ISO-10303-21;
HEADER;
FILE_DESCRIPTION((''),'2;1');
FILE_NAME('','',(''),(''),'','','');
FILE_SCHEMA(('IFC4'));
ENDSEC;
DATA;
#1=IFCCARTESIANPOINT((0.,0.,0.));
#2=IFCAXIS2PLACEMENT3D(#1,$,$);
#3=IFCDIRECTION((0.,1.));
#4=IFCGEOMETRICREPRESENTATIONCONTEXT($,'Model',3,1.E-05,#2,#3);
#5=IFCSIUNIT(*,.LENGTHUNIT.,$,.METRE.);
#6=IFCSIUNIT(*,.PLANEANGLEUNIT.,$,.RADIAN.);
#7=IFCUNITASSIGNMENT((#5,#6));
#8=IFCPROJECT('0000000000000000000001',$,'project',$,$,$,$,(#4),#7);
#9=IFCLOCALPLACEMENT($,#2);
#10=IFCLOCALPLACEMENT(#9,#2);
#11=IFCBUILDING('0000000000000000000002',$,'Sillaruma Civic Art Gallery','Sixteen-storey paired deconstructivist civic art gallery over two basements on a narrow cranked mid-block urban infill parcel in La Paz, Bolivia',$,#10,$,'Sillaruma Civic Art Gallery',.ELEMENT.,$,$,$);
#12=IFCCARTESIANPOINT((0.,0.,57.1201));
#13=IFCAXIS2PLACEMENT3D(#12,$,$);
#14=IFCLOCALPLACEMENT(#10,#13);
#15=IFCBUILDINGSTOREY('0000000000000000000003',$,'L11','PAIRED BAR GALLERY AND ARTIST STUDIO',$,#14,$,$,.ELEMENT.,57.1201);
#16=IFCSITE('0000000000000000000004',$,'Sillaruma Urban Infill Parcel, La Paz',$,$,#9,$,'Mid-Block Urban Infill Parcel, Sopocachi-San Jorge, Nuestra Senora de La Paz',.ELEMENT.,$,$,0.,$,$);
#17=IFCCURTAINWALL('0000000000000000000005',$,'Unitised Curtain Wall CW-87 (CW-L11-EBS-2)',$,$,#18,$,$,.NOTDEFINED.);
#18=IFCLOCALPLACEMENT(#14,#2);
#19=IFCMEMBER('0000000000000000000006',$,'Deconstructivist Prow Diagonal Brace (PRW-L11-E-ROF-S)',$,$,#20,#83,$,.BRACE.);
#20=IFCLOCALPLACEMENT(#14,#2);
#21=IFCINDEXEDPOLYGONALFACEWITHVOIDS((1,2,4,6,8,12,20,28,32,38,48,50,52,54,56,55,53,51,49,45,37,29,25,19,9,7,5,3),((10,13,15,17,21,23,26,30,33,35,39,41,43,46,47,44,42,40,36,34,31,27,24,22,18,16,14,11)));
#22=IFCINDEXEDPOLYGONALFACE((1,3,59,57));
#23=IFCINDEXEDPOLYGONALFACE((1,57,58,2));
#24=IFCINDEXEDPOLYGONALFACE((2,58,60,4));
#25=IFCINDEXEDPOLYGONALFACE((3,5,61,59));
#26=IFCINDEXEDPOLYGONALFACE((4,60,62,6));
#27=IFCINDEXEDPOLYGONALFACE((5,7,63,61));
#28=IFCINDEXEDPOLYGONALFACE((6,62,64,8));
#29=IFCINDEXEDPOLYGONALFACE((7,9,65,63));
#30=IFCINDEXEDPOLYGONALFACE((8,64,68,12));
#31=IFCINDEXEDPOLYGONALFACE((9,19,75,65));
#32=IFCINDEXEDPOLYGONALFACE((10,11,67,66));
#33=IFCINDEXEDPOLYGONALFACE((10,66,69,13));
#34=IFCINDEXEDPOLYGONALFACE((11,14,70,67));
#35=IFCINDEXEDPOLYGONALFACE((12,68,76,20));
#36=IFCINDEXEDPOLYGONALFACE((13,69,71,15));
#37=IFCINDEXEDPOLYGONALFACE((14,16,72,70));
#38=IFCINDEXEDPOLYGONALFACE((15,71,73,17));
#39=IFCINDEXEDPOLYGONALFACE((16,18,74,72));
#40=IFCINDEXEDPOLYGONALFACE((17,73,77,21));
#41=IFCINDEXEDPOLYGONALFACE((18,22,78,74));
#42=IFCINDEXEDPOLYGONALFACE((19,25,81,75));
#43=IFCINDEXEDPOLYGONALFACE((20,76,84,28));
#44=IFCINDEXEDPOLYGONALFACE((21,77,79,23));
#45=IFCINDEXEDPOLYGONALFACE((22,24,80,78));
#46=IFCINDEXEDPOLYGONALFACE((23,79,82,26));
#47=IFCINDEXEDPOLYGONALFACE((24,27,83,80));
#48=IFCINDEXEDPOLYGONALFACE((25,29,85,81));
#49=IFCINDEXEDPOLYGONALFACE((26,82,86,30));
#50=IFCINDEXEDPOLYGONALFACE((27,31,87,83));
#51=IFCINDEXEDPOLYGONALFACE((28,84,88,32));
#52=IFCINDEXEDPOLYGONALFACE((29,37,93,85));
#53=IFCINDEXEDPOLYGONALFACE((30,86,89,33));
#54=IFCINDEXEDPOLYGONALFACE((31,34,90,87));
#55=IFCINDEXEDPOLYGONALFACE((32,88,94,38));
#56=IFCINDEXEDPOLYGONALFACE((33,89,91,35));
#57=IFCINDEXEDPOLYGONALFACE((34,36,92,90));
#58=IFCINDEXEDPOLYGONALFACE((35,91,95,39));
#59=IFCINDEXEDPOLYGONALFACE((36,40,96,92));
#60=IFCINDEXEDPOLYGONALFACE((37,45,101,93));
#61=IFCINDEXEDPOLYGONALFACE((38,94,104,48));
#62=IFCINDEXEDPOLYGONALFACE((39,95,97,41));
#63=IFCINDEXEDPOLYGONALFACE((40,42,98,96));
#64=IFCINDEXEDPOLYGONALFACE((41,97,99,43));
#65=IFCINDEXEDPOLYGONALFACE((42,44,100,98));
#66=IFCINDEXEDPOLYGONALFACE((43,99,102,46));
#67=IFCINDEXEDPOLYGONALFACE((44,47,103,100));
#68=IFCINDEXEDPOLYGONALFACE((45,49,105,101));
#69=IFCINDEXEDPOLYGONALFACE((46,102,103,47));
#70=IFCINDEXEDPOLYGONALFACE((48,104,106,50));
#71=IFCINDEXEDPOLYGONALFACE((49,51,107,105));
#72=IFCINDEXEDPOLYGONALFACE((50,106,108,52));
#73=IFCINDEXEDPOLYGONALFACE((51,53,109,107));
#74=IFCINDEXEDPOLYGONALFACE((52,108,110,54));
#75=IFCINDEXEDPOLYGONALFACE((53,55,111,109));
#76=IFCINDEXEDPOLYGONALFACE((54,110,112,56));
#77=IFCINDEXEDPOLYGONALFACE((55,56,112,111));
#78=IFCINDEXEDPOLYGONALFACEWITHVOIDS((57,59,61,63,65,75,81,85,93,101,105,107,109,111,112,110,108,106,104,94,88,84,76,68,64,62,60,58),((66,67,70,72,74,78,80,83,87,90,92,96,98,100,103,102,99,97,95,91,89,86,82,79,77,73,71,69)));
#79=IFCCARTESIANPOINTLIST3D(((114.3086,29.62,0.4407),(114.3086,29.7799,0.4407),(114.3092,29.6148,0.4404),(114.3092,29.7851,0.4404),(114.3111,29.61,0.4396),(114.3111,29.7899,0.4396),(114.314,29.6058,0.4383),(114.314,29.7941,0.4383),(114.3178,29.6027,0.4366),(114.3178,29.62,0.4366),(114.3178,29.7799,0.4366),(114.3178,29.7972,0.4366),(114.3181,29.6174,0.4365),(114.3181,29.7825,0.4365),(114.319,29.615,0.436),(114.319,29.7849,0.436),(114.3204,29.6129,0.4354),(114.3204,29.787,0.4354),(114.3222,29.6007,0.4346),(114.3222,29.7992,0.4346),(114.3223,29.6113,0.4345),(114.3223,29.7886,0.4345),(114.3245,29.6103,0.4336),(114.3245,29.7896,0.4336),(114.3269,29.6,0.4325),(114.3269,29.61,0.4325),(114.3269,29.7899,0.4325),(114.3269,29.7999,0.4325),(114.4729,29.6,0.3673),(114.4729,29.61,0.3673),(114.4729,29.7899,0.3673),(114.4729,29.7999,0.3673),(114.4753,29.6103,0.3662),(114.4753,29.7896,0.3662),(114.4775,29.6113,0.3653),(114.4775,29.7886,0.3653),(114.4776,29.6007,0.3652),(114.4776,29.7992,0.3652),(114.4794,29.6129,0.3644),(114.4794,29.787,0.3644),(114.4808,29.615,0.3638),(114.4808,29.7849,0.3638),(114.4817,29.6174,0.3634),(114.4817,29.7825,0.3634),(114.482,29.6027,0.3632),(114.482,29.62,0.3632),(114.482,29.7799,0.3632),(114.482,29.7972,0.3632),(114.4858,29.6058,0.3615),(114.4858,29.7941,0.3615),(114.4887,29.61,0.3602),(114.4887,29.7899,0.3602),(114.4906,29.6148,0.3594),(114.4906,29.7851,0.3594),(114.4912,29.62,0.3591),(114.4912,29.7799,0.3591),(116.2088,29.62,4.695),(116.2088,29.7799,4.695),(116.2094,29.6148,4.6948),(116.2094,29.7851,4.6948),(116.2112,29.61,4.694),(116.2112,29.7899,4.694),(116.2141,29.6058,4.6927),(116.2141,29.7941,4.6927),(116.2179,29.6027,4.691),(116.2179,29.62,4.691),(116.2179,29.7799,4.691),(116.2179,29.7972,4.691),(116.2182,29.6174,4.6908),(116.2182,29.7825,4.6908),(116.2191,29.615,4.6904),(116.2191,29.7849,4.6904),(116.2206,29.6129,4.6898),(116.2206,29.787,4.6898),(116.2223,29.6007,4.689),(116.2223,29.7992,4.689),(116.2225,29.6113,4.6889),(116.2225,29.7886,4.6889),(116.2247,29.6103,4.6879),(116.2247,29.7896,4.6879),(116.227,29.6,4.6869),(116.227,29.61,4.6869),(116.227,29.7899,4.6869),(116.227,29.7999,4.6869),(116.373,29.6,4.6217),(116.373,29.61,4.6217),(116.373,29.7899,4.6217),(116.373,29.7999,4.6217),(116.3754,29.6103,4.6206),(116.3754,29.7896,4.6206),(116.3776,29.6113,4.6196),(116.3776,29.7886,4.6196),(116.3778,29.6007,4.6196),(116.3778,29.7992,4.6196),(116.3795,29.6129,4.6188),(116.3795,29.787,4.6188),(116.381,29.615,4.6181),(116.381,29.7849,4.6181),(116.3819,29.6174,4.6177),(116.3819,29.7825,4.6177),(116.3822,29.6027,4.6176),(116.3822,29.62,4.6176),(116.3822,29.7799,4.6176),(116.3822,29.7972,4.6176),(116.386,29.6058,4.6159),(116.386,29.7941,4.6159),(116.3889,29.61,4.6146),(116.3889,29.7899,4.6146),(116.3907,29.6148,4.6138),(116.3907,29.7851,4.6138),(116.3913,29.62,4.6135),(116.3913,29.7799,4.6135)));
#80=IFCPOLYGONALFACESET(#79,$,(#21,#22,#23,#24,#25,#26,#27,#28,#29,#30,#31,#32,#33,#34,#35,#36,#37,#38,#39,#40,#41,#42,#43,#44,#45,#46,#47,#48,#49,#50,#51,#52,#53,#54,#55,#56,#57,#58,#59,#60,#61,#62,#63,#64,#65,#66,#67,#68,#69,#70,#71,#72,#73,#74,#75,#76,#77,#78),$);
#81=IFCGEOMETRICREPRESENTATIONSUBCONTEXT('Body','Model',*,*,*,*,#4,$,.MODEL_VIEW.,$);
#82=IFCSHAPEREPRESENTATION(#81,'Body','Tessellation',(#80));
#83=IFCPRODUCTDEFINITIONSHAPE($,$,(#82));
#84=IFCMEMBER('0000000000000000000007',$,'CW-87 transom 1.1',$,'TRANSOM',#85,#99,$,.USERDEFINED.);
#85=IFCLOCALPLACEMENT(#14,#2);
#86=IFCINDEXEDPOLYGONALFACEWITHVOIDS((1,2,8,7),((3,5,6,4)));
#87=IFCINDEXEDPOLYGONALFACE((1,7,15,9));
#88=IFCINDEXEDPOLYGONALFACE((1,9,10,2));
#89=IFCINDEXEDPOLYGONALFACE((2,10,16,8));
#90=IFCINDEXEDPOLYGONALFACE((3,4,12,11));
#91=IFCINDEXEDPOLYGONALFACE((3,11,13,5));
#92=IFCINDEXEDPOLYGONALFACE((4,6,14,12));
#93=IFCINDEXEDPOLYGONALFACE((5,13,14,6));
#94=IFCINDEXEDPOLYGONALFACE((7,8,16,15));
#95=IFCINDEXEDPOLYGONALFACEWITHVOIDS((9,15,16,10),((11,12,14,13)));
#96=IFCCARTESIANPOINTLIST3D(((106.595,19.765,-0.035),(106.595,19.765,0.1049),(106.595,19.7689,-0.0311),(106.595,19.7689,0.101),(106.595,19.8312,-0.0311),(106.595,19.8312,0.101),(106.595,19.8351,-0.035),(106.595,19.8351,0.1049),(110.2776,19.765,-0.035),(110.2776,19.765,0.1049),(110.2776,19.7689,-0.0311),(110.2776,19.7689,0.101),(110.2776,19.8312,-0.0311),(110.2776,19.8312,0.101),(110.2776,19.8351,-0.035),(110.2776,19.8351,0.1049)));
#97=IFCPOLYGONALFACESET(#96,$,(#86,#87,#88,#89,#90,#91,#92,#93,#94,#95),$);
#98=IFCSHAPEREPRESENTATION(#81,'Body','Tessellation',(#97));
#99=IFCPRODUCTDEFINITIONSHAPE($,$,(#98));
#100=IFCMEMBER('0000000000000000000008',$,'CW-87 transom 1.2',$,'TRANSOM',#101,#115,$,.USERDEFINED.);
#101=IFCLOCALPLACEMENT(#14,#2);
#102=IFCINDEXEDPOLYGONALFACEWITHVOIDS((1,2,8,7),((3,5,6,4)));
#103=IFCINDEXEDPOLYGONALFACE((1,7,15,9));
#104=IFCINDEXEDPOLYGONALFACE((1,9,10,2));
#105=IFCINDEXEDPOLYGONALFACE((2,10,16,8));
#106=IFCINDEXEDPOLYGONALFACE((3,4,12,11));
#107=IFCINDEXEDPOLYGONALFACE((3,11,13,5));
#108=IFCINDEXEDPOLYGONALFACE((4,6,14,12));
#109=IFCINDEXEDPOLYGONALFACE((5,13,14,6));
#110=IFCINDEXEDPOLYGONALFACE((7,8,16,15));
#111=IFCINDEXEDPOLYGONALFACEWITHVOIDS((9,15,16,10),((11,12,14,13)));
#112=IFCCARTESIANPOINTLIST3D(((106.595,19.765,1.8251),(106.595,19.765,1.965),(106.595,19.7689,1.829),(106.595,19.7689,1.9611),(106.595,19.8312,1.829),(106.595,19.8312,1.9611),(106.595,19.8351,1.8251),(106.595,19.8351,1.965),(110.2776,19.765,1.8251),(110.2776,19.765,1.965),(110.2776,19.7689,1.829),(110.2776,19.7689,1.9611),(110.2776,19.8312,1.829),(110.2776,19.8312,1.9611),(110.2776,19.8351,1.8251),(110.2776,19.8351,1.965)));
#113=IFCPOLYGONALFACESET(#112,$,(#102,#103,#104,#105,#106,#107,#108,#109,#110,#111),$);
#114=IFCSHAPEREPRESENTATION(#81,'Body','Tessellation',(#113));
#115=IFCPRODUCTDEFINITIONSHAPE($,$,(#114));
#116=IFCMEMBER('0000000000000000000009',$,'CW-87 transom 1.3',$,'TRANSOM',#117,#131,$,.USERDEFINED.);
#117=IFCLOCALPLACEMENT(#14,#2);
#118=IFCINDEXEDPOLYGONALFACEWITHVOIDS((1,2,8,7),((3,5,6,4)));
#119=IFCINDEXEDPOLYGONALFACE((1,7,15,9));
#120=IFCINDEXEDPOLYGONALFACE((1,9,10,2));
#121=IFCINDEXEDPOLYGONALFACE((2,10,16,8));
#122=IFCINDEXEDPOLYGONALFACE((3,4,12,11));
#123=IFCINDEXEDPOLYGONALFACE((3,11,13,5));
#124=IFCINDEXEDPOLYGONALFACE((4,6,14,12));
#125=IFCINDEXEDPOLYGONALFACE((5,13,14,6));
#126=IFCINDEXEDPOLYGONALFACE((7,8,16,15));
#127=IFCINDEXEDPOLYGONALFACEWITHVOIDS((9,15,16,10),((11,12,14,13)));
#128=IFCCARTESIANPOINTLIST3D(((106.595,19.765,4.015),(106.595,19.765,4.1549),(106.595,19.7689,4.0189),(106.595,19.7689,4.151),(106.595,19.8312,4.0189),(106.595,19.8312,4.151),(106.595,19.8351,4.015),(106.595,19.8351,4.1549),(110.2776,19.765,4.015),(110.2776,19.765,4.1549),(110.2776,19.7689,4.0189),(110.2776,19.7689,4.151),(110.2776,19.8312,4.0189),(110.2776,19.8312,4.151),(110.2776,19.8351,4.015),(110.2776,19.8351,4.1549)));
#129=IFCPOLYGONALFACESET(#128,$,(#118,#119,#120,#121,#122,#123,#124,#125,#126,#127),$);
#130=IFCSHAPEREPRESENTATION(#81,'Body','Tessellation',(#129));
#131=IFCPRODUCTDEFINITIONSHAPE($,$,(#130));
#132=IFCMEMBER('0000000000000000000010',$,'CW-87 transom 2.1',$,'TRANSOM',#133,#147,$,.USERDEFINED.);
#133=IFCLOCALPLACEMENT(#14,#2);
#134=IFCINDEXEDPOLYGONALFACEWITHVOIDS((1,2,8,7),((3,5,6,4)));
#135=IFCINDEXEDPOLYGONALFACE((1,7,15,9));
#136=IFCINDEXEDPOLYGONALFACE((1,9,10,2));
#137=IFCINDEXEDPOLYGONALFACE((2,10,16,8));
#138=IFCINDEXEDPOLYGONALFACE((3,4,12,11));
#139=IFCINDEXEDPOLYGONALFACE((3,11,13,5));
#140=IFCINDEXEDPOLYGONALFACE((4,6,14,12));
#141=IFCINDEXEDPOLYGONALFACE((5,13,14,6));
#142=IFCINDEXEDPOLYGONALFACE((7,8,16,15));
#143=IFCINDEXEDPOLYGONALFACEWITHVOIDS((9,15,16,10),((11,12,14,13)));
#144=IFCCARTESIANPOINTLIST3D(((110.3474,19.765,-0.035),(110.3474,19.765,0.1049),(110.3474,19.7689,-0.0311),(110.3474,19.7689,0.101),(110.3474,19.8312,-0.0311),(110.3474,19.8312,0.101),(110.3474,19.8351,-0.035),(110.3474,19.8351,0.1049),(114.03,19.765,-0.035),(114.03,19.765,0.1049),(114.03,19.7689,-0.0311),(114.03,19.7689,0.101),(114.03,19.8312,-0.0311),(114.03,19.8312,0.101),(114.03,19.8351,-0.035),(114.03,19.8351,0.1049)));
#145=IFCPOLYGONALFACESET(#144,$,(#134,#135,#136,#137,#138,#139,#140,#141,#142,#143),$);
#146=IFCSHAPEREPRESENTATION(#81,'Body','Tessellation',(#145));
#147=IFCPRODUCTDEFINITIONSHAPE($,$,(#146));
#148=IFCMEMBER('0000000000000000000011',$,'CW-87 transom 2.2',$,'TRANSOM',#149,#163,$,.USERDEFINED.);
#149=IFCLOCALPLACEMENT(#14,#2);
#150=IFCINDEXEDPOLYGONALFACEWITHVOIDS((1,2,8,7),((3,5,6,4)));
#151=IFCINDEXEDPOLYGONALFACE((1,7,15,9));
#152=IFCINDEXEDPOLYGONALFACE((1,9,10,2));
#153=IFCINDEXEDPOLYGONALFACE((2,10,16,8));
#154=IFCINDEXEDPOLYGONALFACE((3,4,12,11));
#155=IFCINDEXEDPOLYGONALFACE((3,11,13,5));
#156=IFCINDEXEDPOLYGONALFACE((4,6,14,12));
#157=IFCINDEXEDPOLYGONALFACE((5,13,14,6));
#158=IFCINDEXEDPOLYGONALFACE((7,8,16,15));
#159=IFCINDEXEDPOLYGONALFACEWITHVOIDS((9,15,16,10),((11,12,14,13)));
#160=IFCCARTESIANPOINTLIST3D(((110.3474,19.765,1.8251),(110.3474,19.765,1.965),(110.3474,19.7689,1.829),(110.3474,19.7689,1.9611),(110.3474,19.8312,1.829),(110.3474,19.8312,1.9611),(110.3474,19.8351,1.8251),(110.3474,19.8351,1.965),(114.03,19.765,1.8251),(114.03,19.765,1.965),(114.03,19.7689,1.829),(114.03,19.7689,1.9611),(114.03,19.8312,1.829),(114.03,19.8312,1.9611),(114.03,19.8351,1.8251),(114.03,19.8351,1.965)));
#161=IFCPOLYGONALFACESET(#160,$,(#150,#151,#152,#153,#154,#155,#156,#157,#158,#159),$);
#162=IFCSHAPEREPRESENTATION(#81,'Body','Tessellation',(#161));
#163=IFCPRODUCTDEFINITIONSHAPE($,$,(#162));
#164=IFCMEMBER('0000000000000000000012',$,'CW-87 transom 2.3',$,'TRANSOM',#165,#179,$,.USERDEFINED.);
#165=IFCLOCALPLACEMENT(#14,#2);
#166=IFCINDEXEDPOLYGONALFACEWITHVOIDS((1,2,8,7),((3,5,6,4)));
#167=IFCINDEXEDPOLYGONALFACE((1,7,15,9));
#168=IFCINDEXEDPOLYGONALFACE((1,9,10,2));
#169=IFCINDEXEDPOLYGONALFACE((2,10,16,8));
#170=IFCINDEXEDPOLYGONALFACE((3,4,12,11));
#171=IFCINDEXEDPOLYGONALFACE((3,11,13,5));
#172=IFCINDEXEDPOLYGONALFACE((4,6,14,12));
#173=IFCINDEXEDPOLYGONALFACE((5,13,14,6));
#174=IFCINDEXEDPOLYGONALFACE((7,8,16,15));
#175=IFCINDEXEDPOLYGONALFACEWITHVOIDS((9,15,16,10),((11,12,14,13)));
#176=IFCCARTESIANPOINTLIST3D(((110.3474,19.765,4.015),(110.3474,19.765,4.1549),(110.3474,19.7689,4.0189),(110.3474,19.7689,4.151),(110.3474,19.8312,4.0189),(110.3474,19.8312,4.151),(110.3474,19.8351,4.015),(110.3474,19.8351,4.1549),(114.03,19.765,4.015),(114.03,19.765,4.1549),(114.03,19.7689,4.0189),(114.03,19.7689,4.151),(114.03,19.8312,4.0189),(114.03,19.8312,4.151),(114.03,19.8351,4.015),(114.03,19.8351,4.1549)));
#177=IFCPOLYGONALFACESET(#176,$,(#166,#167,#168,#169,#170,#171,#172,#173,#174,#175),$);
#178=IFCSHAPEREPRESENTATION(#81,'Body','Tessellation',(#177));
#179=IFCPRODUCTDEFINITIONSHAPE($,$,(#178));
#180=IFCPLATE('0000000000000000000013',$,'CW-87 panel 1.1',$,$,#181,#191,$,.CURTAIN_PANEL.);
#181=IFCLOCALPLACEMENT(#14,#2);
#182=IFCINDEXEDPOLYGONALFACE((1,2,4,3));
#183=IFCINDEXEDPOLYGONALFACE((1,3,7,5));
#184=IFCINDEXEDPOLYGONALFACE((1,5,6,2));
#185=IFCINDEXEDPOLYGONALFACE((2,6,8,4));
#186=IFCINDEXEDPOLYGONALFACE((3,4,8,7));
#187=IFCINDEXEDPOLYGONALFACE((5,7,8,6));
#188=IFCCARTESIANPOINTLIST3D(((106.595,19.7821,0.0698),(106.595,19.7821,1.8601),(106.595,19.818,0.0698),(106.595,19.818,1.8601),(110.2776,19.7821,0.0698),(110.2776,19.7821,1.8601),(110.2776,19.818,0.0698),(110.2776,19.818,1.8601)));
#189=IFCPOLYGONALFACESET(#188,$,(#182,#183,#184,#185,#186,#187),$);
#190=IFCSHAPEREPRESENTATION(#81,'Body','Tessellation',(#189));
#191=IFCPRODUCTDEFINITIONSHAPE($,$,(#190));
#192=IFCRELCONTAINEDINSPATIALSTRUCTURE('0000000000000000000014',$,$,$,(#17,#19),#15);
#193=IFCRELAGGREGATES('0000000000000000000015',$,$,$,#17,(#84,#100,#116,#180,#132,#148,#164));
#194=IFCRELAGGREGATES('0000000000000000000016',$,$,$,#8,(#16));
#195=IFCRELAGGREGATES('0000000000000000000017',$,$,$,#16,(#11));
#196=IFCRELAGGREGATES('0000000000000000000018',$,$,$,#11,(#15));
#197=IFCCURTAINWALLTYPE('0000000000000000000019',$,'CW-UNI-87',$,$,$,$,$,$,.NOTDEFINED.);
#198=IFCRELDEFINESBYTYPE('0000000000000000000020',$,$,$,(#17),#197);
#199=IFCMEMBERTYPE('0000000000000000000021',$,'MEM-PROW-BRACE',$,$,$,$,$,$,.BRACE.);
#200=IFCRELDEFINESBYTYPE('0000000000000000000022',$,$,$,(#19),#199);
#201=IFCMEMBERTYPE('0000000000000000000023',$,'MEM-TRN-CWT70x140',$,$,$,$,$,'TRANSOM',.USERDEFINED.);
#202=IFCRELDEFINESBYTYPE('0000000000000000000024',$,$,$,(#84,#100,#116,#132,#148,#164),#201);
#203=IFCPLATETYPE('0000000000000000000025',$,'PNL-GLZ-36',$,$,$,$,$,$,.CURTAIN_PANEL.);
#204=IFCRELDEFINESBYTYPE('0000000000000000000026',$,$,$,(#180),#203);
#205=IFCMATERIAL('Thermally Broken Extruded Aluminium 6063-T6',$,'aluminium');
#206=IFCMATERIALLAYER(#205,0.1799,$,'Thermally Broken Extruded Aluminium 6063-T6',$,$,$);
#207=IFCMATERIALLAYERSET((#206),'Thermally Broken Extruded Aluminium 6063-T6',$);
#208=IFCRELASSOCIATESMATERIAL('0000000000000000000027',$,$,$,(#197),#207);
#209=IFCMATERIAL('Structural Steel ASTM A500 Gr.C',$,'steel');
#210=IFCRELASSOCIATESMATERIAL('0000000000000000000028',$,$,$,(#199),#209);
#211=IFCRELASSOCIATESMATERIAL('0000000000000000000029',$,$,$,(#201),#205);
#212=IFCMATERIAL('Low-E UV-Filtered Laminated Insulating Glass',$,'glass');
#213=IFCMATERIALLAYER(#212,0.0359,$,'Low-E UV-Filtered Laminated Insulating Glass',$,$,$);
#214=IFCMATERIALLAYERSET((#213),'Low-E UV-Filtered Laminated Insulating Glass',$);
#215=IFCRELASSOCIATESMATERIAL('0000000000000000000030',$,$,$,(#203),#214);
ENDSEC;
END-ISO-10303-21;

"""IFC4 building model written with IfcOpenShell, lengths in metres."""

from ifc_helpers import new_model, si_unit, direction, frame, origin, origin_2d, place, context, subcontext, project, spatial, rectangle, hollow_rectangle, extrude, material, layer, layer_set, material_profile, profile_set, type_object, element, aggregate, save


model = new_model("IFC4")

# Units and contexts
model_context = context("Model", 3, precision=1e-05, world=origin(), true_north=direction((0.0, 1.0)))
body_context = subcontext(model_context, "Body", "Model", "MODEL_VIEW")
ifc_project = project(units=[si_unit("LENGTHUNIT", "METRE"), si_unit("PLANEANGLEUNIT", "RADIAN")], contexts=[model_context])

# Site, building, storey
site_placement = place(None, origin())
site = spatial("IfcSite", under=ifc_project, at=site_placement, Name="Sillaruma Urban Infill Parcel, La Paz", LongName="Mid-Block Urban Infill Parcel, Sopocachi-San Jorge, Nuestra Senora de La Paz", CompositionType="ELEMENT", RefElevation=0.0)
building_placement = place(site_placement, origin())
building = spatial("IfcBuilding", under=site, at=building_placement, Name="Sillaruma Civic Art Gallery", Description="Sixteen-storey paired deconstructivist civic art gallery over two basements on a narrow cranked mid-block urban infill parcel in La Paz, Bolivia", LongName="Sillaruma Civic Art Gallery", CompositionType="ELEMENT")
storey_placement = place(building_placement, frame((0.0, 0.0, 57.1201)))
storey = spatial("IfcBuildingStorey", under=building, at=storey_placement, Name="L11", Description="PAIRED BAR GALLERY AND ARTIST STUDIO", CompositionType="ELEMENT", Elevation=57.1201)

# Shared definitions
ifc_material_1 = material(Name="Structural Steel ASTM A500 Gr.C", Category="steel")

# Curtain wall
ifc_material_2 = material(Name="Thermally Broken Extruded Aluminium 6063-T6", Category="aluminium")
ifc_layer_1 = layer(ifc_material_2, 0.1799, Name="Thermally Broken Extruded Aluminium 6063-T6")
ifc_layer_set_1 = layer_set([ifc_layer_1], Name="Thermally Broken Extruded Aluminium 6063-T6")
curtain_wall_type = type_object("IfcCurtainWallType", Name="CW-UNI-87", PredefinedType="NOTDEFINED", material=ifc_layer_set_1)
curtain_wall_placement = place(storey_placement, origin())
curtain_wall = element("IfcCurtainWall", 1, at=curtain_wall_placement, inside=storey, type_object=curtain_wall_type, Name="Unitised Curtain Wall CW-87 (CW-L11-EBS-2)", PredefinedType="NOTDEFINED")

# Members
ifc_material_profile_1 = material_profile(ifc_material_1, hollow_rectangle(XDim=0.2, YDim=0.2, WallThickness=0.01, InnerFilletRadius=0.01, OuterFilletRadius=0.02, at=origin_2d()), Name="HSS200x200x10")
ifc_profile_set_1 = profile_set([ifc_material_profile_1], Name="Structural Steel ASTM A500 Gr.C")
member_type_1 = type_object("IfcMemberType", Name="MEM-PROW-BRACE", PredefinedType="BRACE", material=ifc_profile_set_1)
member_1_placement = place(storey_placement, frame((114.3999, 29.7, 0.3999), z_axis=(0.407805, 0.0, 0.913069), x_axis=(0.0, 1.0, 0.0)))
element("IfcMember", 2, at=member_1_placement, inside=storey, type_object=member_type_1, Name="Deconstructivist Prow Diagonal Brace (PRW-L11-E-ROF-S)", PredefinedType="BRACE", context=body_context, shape_type="SweptSolid", body=[
    extrude(hollow_rectangle(XDim=0.2, YDim=0.2, WallThickness=0.01, InnerFilletRadius=0.01, OuterFilletRadius=0.02, at=origin_2d()), origin(), (0.0, 0.0, 1.0), 4.6594),
])
ifc_material_profile_2 = material_profile(ifc_material_2, hollow_rectangle(XDim=0.0701, YDim=0.1399, WallThickness=0.0039, at=origin_2d()), Name="CWT70x140")
ifc_profile_set_2 = profile_set([ifc_material_profile_2], Name="Thermally Broken Extruded Aluminium 6063-T6")
member_type_2 = type_object("IfcMemberType", Name="MEM-TRN-CWT70x140", ElementType="TRANSOM", PredefinedType="USERDEFINED", material=ifc_profile_set_2)
member_2_placement = place(storey_placement, frame((106.595, 19.8, 0.0349), z_axis=(1.0, 0.0, 0.0), x_axis=(0.0, 1.0, 0.0)))
member_2 = element("IfcMember", 3, at=member_2_placement, type_object=member_type_2, Name="CW-87 transom 1.1", ObjectType="TRANSOM", PredefinedType="USERDEFINED", context=body_context, shape_type="SweptSolid", body=[
    extrude(hollow_rectangle(XDim=0.0701, YDim=0.1399, WallThickness=0.0039, at=origin_2d()), origin(), (0.0, 0.0, 1.0), 3.6826),
])
member_3_placement = place(storey_placement, frame((106.595, 19.8, 1.895), z_axis=(1.0, 0.0, 0.0), x_axis=(0.0, 1.0, 0.0)))
member_3 = element("IfcMember", 4, at=member_3_placement, type_object=member_type_2, Name="CW-87 transom 1.2", ObjectType="TRANSOM", PredefinedType="USERDEFINED", context=body_context, shape_type="SweptSolid", body=[
    extrude(hollow_rectangle(XDim=0.0701, YDim=0.1399, WallThickness=0.0039, at=origin_2d()), origin(), (0.0, 0.0, 1.0), 3.6826),
])
member_4_placement = place(storey_placement, frame((106.595, 19.8, 4.085), z_axis=(1.0, 0.0, 0.0), x_axis=(0.0, 1.0, 0.0)))
member_4 = element("IfcMember", 5, at=member_4_placement, type_object=member_type_2, Name="CW-87 transom 1.3", ObjectType="TRANSOM", PredefinedType="USERDEFINED", context=body_context, shape_type="SweptSolid", body=[
    extrude(hollow_rectangle(XDim=0.0701, YDim=0.1399, WallThickness=0.0039, at=origin_2d()), origin(), (0.0, 0.0, 1.0), 3.6826),
])
member_5_placement = place(storey_placement, frame((110.3474, 19.8, 0.0349), z_axis=(1.0, 0.0, 0.0), x_axis=(0.0, 1.0, 0.0)))
member_5 = element("IfcMember", 6, at=member_5_placement, type_object=member_type_2, Name="CW-87 transom 2.1", ObjectType="TRANSOM", PredefinedType="USERDEFINED", context=body_context, shape_type="SweptSolid", body=[
    extrude(hollow_rectangle(XDim=0.0701, YDim=0.1399, WallThickness=0.0039, at=origin_2d()), origin(), (0.0, 0.0, 1.0), 3.6826),
])
member_6_placement = place(storey_placement, frame((110.3474, 19.8, 1.895), z_axis=(1.0, 0.0, 0.0), x_axis=(0.0, 1.0, 0.0)))
member_6 = element("IfcMember", 7, at=member_6_placement, type_object=member_type_2, Name="CW-87 transom 2.2", ObjectType="TRANSOM", PredefinedType="USERDEFINED", context=body_context, shape_type="SweptSolid", body=[
    extrude(hollow_rectangle(XDim=0.0701, YDim=0.1399, WallThickness=0.0039, at=origin_2d()), origin(), (0.0, 0.0, 1.0), 3.6826),
])
member_7_placement = place(storey_placement, frame((110.3474, 19.8, 4.085), z_axis=(1.0, 0.0, 0.0), x_axis=(0.0, 1.0, 0.0)))
member_7 = element("IfcMember", 8, at=member_7_placement, type_object=member_type_2, Name="CW-87 transom 2.3", ObjectType="TRANSOM", PredefinedType="USERDEFINED", context=body_context, shape_type="SweptSolid", body=[
    extrude(hollow_rectangle(XDim=0.0701, YDim=0.1399, WallThickness=0.0039, at=origin_2d()), origin(), (0.0, 0.0, 1.0), 3.6826),
])

# Plate
ifc_material_3 = material(Name="Low-E UV-Filtered Laminated Insulating Glass", Category="glass")
ifc_layer_2 = layer(ifc_material_3, 0.0359, Name="Low-E UV-Filtered Laminated Insulating Glass")
ifc_layer_set_2 = layer_set([ifc_layer_2], Name="Low-E UV-Filtered Laminated Insulating Glass")
plate_type = type_object("IfcPlateType", Name="PNL-GLZ-36", PredefinedType="CURTAIN_PANEL", material=ifc_layer_set_2)
plate_1_placement = place(storey_placement, frame((108.4363, 19.8, 0.0698), z_axis=(0.0, 0.0, 1.0), x_axis=(1.0, 0.0, 0.0)))
plate_1 = element("IfcPlate", 9, at=plate_1_placement, type_object=plate_type, Name="CW-87 panel 1.1", PredefinedType="CURTAIN_PANEL", context=body_context, shape_type="SweptSolid", body=[
    extrude(rectangle(XDim=3.6826, YDim=0.0359, at=origin_2d()), origin(), (0.0, 0.0, 1.0), 1.7903),
])
aggregate(curtain_wall, [member_2, member_3, member_4, plate_1, member_5, member_6, member_7])

save(model, "model.ifc")
